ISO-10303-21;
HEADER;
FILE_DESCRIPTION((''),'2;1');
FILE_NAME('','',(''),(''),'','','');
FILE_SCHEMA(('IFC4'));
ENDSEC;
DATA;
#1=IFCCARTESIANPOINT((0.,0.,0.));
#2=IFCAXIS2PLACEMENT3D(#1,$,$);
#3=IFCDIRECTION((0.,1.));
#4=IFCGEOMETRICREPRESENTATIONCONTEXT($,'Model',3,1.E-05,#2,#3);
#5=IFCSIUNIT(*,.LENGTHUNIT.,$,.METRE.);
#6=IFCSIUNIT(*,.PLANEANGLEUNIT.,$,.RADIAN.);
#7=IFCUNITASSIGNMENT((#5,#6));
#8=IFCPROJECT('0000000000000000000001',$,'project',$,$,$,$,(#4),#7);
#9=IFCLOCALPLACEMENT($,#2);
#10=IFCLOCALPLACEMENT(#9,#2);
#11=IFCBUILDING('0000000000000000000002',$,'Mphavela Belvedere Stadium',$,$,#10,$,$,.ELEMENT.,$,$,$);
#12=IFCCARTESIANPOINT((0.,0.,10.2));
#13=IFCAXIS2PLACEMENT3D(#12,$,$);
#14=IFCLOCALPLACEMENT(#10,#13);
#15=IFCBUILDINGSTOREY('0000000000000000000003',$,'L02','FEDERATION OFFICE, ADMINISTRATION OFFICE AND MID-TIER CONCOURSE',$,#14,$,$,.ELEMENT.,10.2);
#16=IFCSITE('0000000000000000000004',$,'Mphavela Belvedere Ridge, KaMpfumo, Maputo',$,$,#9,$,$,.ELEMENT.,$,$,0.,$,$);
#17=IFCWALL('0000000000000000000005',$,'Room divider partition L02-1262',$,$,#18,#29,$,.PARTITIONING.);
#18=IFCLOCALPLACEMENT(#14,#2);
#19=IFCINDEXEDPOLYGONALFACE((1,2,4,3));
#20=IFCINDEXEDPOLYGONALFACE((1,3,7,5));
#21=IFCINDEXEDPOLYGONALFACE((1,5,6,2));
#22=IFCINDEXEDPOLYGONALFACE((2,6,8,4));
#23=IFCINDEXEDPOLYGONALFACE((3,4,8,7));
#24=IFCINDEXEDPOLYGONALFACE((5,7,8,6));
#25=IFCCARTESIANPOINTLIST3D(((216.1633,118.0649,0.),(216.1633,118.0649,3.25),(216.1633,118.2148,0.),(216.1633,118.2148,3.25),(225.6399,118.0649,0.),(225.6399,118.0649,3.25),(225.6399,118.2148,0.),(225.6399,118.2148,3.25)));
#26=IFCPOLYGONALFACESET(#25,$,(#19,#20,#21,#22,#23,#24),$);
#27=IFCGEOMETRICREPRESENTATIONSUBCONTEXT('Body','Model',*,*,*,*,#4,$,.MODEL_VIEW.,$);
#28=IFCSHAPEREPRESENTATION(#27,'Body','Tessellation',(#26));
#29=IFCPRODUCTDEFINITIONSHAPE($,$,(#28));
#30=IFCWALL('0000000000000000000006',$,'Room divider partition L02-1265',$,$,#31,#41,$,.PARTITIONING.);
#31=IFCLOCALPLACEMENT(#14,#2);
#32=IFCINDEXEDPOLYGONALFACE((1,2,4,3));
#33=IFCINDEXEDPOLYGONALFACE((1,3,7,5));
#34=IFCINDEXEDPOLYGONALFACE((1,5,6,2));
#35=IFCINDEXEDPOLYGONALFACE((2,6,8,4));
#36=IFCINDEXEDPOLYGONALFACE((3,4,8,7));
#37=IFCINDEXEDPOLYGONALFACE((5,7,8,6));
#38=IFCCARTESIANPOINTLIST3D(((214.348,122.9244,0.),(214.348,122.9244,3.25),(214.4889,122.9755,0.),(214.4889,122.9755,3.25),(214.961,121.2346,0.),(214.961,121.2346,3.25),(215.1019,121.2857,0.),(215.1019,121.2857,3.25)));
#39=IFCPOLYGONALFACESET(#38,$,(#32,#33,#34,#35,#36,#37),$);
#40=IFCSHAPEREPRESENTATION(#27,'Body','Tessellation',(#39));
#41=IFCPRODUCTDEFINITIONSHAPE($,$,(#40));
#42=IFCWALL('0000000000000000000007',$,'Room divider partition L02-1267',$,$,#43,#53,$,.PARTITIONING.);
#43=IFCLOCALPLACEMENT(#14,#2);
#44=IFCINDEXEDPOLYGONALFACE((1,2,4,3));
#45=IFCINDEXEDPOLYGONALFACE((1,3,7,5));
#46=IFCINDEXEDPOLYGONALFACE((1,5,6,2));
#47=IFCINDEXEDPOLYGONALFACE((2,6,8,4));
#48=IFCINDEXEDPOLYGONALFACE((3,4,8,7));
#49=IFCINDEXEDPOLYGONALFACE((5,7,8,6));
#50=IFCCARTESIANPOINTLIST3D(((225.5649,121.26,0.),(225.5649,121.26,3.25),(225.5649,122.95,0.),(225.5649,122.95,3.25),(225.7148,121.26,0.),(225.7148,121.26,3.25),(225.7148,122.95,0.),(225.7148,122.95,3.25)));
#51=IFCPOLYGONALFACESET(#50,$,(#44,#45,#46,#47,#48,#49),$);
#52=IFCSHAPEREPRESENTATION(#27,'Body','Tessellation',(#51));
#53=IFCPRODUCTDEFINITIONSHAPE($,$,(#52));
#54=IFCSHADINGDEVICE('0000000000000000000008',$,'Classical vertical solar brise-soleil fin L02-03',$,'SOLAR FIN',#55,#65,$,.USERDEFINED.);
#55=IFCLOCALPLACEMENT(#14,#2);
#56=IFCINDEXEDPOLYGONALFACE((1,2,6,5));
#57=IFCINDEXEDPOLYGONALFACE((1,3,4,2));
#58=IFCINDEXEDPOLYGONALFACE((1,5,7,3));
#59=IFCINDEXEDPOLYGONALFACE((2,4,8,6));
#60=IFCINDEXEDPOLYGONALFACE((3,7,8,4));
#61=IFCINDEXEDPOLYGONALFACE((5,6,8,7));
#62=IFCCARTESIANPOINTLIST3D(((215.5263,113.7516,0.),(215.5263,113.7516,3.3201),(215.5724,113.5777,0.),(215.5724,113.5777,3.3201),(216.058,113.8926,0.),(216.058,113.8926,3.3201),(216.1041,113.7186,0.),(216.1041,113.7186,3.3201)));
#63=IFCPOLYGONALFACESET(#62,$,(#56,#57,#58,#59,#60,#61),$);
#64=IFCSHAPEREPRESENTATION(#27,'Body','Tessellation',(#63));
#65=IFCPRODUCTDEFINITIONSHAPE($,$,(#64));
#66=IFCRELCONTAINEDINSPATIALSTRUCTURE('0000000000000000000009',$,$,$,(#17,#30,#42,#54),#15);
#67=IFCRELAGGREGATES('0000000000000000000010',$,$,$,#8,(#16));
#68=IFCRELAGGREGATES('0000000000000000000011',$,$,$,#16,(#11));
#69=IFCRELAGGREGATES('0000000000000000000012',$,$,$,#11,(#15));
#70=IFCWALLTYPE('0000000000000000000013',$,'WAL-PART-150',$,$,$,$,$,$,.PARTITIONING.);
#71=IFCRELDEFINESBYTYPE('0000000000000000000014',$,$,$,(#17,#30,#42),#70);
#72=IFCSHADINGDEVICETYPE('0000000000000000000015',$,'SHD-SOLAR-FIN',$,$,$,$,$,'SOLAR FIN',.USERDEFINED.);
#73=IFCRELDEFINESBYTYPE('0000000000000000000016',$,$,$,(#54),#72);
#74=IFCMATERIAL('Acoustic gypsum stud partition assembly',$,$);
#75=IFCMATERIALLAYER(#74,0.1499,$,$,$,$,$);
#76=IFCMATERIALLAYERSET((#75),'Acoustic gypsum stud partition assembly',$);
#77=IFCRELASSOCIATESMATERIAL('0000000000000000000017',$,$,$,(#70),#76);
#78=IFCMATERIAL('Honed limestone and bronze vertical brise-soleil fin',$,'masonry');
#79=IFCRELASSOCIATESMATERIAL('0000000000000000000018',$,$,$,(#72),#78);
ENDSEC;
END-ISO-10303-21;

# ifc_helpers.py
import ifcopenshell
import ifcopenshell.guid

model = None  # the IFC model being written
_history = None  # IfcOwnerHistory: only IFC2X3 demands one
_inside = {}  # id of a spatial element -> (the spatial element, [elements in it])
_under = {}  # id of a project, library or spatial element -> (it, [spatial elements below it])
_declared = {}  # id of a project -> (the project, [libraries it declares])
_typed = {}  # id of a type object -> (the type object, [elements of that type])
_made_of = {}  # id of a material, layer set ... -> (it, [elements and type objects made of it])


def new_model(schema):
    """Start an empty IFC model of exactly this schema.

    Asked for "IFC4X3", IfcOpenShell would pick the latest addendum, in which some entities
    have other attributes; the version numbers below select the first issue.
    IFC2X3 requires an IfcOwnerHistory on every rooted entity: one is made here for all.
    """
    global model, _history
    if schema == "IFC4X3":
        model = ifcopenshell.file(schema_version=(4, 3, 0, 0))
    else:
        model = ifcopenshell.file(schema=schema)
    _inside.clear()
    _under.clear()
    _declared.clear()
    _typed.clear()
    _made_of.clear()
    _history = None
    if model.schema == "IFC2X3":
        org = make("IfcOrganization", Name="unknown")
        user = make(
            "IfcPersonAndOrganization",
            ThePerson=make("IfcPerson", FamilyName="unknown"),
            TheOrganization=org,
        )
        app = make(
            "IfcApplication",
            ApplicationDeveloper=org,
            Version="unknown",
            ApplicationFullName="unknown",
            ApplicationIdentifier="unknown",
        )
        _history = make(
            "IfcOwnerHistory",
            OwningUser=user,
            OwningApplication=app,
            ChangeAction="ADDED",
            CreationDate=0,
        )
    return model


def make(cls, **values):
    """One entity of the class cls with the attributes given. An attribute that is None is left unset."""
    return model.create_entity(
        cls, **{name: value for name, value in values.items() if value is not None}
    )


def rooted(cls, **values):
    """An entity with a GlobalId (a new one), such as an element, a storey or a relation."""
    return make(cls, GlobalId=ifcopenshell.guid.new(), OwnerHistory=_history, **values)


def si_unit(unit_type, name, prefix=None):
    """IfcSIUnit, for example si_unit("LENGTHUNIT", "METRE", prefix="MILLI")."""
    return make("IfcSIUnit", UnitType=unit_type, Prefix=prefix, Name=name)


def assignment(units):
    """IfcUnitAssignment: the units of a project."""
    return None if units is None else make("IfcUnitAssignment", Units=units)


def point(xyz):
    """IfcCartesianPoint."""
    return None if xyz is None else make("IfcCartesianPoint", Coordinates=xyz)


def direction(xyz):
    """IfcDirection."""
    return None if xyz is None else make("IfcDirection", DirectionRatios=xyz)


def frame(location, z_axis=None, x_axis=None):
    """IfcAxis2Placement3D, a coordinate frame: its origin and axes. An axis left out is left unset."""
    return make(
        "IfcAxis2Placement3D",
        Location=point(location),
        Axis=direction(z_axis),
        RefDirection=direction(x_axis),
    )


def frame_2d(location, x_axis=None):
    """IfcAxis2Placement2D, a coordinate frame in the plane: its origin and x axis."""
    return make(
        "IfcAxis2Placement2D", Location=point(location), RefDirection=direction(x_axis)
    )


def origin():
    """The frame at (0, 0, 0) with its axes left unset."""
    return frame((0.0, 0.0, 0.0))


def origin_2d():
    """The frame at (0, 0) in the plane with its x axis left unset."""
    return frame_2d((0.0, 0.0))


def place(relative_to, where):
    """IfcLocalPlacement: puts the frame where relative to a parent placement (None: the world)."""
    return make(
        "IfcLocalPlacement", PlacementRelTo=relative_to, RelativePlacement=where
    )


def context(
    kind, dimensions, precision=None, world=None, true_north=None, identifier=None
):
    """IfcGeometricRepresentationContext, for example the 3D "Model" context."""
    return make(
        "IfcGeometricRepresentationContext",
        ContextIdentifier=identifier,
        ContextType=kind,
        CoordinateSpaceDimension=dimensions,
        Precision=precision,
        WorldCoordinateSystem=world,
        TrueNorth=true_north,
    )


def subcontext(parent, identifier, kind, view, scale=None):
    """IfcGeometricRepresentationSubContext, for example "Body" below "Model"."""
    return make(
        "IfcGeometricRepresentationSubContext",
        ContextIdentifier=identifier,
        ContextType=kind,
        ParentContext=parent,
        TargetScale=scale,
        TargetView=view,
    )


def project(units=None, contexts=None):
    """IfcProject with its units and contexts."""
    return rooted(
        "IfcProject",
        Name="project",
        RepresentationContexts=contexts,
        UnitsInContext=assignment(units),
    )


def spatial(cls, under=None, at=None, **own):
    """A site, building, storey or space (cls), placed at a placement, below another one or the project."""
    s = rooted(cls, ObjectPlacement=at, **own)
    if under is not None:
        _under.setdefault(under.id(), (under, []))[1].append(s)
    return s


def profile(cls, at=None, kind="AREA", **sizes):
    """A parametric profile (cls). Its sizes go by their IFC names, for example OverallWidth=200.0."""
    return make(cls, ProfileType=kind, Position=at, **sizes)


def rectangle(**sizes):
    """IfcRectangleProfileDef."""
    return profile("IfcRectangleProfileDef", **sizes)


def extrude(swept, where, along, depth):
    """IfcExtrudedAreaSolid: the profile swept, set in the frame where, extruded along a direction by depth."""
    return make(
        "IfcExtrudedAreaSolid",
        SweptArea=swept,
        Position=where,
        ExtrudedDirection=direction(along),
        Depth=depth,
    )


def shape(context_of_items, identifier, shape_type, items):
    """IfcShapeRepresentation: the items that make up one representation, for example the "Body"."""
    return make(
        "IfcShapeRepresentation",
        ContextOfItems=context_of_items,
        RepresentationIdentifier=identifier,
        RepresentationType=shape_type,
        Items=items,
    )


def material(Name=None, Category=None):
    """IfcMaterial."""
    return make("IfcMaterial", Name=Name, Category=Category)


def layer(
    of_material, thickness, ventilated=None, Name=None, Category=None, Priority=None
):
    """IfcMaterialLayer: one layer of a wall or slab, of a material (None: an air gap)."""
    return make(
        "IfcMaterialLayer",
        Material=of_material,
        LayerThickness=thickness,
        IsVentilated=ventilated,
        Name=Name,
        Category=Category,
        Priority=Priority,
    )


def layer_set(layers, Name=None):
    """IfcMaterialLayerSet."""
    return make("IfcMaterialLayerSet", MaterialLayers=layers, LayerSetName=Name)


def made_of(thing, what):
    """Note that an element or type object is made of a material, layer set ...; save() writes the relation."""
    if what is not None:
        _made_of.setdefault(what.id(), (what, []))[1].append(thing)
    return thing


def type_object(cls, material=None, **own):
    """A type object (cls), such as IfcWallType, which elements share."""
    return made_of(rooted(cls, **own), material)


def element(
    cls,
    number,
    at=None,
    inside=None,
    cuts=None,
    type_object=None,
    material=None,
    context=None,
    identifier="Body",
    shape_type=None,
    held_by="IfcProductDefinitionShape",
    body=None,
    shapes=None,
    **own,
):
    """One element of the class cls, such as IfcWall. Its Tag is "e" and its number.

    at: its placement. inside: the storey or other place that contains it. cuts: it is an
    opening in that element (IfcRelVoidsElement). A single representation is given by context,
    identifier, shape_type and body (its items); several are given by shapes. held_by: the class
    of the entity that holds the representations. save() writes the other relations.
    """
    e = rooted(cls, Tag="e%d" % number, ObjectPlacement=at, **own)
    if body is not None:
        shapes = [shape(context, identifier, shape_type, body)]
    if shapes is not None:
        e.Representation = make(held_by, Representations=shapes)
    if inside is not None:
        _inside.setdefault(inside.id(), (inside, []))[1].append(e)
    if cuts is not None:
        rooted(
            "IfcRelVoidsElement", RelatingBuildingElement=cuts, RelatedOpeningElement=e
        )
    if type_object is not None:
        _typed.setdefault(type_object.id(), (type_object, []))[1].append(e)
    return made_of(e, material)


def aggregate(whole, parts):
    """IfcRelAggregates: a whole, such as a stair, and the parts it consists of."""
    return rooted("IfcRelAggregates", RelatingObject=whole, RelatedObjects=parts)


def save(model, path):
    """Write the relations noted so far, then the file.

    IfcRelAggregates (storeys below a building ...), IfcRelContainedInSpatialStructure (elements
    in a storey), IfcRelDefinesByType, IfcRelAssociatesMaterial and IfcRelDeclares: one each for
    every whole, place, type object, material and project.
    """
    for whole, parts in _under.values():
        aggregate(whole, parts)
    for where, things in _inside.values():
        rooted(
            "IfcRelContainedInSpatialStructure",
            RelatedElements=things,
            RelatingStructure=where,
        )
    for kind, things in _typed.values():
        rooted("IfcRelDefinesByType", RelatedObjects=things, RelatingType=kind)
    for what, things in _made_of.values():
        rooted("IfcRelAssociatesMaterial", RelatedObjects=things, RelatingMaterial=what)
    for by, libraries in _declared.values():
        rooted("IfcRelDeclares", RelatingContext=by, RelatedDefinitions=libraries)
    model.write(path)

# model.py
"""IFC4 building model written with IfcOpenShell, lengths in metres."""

from ifc_helpers import new_model, si_unit, direction, frame, frame_2d, origin, origin_2d, place, context, subcontext, project, spatial, rectangle, extrude, material, layer, layer_set, type_object, element, save


model = new_model("IFC4")

# Units and contexts
model_context = context("Model", 3, precision=1e-05, world=origin(), true_north=direction((0.0, 1.0)))
body_context = subcontext(model_context, "Body", "Model", "MODEL_VIEW")
ifc_project = project(units=[si_unit("LENGTHUNIT", "METRE"), si_unit("PLANEANGLEUNIT", "RADIAN")], contexts=[model_context])

# Site, building, storey
site_placement = place(None, origin())
site = spatial("IfcSite", under=ifc_project, at=site_placement, Name="Mphavela Belvedere Ridge, KaMpfumo, Maputo", CompositionType="ELEMENT", RefElevation=0.0)
building_placement = place(site_placement, origin())
building = spatial("IfcBuilding", under=site, at=building_placement, Name="Mphavela Belvedere Stadium", CompositionType="ELEMENT")
storey_placement = place(building_placement, frame((0.0, 0.0, 10.2)))
storey = spatial("IfcBuildingStorey", under=building, at=storey_placement, Name="L02", Description="FEDERATION OFFICE, ADMINISTRATION OFFICE AND MID-TIER CONCOURSE", CompositionType="ELEMENT", Elevation=10.2)

# Shared definitions
ifc_material_1 = material(Name="Acoustic gypsum stud partition assembly")
ifc_layer_1 = layer(ifc_material_1, 0.1499)
ifc_layer_set_1 = layer_set([ifc_layer_1], Name="Acoustic gypsum stud partition assembly")
wall_type_1 = type_object("IfcWallType", Name="WAL-PART-150", PredefinedType="PARTITIONING", material=ifc_layer_set_1)

# Walls
wall_1_placement = place(storey_placement, frame((216.1633, 118.1399, 0.0), z_axis=(0.0, 0.0, 1.0), x_axis=(1.0, 0.0, 0.0)))
element("IfcWall", 1, at=wall_1_placement, inside=storey, type_object=wall_type_1, Name="Room divider partition L02-1262", PredefinedType="PARTITIONING", context=body_context, shape_type="SweptSolid", body=[
    extrude(rectangle(XDim=9.4766, YDim=0.1499, at=frame_2d((4.7383, 0.0))), origin(), (0.0, 0.0, 1.0), 3.25),
])
wall_2_placement = place(storey_placement, frame((215.0315, 121.26, 0.0), z_axis=(0.0, 0.0, 1.0), x_axis=(-0.341012, 0.940059, 0.0)))
element("IfcWall", 2, at=wall_2_placement, inside=storey, type_object=wall_type_1, Name="Room divider partition L02-1265", PredefinedType="PARTITIONING", context=body_context, shape_type="SweptSolid", body=[
    extrude(rectangle(XDim=1.7976, YDim=0.1499, at=frame_2d((0.8989, 0.0))), origin(), (0.0, 0.0, 1.0), 3.25),
])
wall_3_placement = place(storey_placement, frame((225.6399, 122.95, 0.0), z_axis=(0.0, 0.0, 1.0), x_axis=(0.0, -1.0, 0.0)))
element("IfcWall", 3, at=wall_3_placement, inside=storey, type_object=wall_type_1, Name="Room divider partition L02-1267", PredefinedType="PARTITIONING", context=body_context, shape_type="SweptSolid", body=[
    extrude(rectangle(XDim=1.6899, YDim=0.1499, at=frame_2d((0.845, 0.0))), origin(), (0.0, 0.0, 1.0), 3.25),
])

# Shading device
ifc_material_2 = material(Name="Honed limestone and bronze vertical brise-soleil fin", Category="masonry")
shading_device_type = type_object("IfcShadingDeviceType", Name="SHD-SOLAR-FIN", ElementType="SOLAR FIN", PredefinedType="USERDEFINED", material=ifc_material_2)
shading_device_placement = place(storey_placement, frame((215.8152, 113.7351, 0.0), z_axis=(0.0, 0.0, 1.0), x_axis=(0.9666, 0.256289, 0.0)))
element("IfcShadingDevice", 4, at=shading_device_placement, inside=storey, type_object=shading_device_type, Name="Classical vertical solar brise-soleil fin L02-03", ObjectType="SOLAR FIN", PredefinedType="USERDEFINED", context=body_context, shape_type="SweptSolid", body=[
    extrude(rectangle(XDim=0.55, YDim=0.1799, at=origin_2d()), origin(), (0.0, 0.0, 1.0), 3.3201),
])

save(model, "model.ifc")
